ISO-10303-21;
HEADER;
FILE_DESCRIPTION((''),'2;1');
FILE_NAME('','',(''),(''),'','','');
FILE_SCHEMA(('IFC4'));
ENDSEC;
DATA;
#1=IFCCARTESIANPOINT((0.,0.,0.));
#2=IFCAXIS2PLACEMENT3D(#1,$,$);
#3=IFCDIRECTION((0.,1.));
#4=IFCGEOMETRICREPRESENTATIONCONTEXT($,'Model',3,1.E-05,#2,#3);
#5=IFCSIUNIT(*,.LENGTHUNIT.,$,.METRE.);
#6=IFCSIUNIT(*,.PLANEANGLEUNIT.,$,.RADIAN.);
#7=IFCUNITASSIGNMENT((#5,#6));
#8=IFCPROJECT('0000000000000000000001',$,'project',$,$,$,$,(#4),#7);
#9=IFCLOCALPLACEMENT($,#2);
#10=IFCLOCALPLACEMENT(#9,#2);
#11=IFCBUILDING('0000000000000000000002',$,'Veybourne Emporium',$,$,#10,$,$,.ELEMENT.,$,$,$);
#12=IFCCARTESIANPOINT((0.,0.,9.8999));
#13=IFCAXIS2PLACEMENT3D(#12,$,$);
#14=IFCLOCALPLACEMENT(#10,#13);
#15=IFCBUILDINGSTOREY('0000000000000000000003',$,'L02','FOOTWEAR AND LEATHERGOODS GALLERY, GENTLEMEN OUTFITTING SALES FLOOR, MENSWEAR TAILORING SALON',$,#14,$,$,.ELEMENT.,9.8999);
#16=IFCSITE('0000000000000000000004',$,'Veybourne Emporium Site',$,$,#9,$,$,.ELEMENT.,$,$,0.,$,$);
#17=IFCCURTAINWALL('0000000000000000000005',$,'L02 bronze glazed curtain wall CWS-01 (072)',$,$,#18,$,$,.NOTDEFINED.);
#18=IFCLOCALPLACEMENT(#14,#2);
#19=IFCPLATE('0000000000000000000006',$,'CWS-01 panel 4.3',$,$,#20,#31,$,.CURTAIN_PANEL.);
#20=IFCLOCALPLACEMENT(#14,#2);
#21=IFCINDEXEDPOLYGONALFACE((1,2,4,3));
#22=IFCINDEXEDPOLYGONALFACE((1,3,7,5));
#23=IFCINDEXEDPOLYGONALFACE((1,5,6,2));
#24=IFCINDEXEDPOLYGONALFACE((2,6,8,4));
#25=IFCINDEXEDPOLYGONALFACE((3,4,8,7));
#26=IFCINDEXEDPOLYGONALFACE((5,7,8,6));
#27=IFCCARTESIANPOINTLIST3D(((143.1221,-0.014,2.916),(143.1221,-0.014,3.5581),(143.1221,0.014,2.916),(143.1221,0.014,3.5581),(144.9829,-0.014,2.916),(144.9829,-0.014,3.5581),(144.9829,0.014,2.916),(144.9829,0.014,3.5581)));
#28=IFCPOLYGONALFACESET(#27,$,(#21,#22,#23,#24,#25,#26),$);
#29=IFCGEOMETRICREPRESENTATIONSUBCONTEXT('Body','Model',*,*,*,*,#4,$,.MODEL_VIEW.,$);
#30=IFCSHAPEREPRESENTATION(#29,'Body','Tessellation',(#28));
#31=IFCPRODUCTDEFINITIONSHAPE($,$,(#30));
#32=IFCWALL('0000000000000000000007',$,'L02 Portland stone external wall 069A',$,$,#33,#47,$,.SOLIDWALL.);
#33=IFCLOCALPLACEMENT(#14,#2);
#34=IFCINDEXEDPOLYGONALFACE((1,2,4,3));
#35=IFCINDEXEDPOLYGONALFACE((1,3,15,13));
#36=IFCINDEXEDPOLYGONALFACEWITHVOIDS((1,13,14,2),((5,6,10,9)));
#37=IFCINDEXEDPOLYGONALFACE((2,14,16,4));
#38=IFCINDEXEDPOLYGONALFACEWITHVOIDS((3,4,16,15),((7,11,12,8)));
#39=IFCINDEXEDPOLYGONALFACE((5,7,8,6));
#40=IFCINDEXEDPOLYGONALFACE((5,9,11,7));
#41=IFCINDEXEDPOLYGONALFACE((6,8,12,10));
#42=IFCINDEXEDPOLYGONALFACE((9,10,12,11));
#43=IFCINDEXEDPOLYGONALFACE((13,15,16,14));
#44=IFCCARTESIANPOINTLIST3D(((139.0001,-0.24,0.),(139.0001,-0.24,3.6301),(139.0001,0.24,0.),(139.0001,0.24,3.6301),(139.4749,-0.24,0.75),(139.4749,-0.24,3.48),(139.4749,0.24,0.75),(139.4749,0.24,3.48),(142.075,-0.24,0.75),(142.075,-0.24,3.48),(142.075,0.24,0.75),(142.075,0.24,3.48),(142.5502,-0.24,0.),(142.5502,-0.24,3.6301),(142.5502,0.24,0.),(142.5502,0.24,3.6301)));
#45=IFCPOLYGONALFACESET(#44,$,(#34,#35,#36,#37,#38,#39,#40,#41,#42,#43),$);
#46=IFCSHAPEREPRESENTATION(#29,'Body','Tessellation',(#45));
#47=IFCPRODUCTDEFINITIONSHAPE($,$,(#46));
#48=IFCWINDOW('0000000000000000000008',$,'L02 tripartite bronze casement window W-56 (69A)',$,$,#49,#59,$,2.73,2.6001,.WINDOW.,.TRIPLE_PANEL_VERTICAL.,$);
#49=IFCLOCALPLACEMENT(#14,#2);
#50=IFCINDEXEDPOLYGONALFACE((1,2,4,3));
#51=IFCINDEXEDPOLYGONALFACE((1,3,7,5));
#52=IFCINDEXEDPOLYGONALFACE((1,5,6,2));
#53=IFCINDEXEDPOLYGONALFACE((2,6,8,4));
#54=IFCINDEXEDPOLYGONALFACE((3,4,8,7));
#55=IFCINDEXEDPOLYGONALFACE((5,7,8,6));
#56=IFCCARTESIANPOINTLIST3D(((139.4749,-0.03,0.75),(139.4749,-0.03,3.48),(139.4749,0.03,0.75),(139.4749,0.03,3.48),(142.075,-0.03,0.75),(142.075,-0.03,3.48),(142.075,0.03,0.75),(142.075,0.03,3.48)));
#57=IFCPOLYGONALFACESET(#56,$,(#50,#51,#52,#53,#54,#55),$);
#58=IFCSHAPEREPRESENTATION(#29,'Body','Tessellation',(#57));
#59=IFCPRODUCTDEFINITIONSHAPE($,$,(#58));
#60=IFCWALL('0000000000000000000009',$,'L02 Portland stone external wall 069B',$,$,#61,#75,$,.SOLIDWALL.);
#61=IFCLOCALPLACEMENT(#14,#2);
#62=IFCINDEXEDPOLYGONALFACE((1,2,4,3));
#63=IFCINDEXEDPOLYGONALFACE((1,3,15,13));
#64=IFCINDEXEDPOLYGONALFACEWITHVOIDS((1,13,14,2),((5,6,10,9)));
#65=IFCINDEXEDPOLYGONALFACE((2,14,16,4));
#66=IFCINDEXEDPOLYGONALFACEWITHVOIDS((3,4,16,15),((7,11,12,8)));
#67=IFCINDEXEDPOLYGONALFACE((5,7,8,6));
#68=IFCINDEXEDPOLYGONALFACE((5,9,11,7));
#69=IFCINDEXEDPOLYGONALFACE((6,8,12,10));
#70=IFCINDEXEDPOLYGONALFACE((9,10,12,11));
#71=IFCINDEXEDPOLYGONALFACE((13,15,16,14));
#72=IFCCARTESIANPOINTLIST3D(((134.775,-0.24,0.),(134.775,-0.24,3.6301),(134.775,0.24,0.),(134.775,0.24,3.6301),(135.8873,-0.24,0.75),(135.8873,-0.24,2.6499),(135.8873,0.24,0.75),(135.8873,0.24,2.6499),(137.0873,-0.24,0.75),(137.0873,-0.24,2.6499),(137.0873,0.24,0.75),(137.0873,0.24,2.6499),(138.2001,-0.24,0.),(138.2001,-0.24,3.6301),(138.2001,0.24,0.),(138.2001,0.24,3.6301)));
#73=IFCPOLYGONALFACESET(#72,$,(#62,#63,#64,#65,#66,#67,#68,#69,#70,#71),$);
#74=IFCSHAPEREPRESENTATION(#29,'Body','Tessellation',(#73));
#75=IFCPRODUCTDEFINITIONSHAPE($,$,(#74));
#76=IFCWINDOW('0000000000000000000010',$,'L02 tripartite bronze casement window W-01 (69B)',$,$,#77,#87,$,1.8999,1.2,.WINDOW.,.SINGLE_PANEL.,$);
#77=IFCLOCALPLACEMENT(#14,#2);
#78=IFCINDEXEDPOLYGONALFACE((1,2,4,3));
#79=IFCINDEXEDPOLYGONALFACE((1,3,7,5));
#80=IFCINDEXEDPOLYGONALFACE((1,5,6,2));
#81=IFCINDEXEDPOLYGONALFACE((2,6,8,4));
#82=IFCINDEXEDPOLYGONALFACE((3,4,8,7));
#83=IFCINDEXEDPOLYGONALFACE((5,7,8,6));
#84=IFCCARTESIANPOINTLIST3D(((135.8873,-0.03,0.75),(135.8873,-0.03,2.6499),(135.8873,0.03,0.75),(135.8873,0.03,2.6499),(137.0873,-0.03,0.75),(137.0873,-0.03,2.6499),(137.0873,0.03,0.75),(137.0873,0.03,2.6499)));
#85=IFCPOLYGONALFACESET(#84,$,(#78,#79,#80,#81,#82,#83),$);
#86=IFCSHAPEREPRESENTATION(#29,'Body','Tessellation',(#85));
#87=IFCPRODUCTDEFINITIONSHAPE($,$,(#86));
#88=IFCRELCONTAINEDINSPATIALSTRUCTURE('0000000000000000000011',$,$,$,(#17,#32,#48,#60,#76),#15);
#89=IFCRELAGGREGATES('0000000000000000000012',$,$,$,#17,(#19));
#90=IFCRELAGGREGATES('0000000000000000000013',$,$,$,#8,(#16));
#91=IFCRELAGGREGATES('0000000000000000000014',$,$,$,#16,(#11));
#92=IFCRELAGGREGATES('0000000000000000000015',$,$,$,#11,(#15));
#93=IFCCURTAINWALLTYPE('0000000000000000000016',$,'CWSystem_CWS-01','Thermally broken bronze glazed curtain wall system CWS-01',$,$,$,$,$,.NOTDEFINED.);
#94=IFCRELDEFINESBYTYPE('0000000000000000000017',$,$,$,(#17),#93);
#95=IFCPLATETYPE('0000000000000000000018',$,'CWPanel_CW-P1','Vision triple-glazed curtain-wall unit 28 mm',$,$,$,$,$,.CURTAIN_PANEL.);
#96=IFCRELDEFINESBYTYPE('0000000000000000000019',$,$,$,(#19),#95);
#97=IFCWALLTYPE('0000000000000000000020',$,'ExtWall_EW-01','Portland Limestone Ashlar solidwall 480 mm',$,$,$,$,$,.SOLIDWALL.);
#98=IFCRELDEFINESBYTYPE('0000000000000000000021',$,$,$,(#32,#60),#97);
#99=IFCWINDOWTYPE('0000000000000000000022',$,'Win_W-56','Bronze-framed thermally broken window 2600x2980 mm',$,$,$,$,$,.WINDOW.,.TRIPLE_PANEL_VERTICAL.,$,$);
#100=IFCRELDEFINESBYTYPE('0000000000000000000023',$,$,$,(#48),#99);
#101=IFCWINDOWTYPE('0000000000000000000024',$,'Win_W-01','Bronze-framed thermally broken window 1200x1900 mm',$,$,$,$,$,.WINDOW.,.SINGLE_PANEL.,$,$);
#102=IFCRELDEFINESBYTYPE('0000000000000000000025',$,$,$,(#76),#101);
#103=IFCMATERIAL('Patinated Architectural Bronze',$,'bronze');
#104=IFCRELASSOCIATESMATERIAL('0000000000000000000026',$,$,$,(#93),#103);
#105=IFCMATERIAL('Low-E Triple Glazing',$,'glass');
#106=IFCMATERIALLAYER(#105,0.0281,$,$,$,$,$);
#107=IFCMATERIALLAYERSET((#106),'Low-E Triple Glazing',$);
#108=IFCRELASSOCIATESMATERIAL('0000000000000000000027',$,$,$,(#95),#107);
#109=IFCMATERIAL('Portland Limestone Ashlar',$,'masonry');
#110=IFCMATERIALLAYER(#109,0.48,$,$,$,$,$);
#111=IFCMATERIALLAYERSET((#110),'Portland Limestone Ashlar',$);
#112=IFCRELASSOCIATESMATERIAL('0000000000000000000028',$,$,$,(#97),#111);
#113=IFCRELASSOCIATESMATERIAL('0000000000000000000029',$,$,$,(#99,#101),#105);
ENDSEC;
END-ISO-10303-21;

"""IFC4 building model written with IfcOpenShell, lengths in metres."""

from ifc_helpers import new_model, si_unit, direction, frame, frame_2d, origin, origin_2d, place, context, subcontext, project, spatial, rectangle, extrude, material, layer, layer_set, type_object, element, fill, aggregate, save


model = new_model("IFC4")

# Units and contexts
model_context = context("Model", 3, precision=1e-05, world=origin(), true_north=direction((0.0, 1.0)))
body_context = subcontext(model_context, "Body", "Model", "MODEL_VIEW")
ifc_project = project(units=[si_unit("LENGTHUNIT", "METRE"), si_unit("PLANEANGLEUNIT", "RADIAN")], contexts=[model_context])

# Site, building, storey
site_placement = place(None, origin())
site = spatial("IfcSite", under=ifc_project, at=site_placement, Name="Veybourne Emporium Site", CompositionType="ELEMENT", RefElevation=0.0)
building_placement = place(site_placement, origin())
building = spatial("IfcBuilding", under=site, at=building_placement, Name="Veybourne Emporium", CompositionType="ELEMENT")
storey_placement = place(building_placement, frame((0.0, 0.0, 9.8999)))
storey = spatial("IfcBuildingStorey", under=building, at=storey_placement, Name="L02", Description="FOOTWEAR AND LEATHERGOODS GALLERY, GENTLEMEN OUTFITTING SALES FLOOR, MENSWEAR TAILORING SALON", CompositionType="ELEMENT", Elevation=9.8999)

# Curtain wall
ifc_material_1 = material(Name="Patinated Architectural Bronze", Category="bronze")
curtain_wall_type_1 = type_object("IfcCurtainWallType", Name="CWSystem_CWS-01", Description="Thermally broken bronze glazed curtain wall system CWS-01", PredefinedType="NOTDEFINED", material=ifc_material_1)
curtain_wall_1_placement = place(storey_placement, origin())
curtain_wall_1 = element("IfcCurtainWall", 1, at=curtain_wall_1_placement, inside=storey, type_object=curtain_wall_type_1, Name="L02 bronze glazed curtain wall CWS-01 (072)", PredefinedType="NOTDEFINED")

# Plate
ifc_material_2 = material(Name="Low-E Triple Glazing", Category="glass")
ifc_layer_1 = layer(ifc_material_2, 0.0281)
ifc_layer_set_1 = layer_set([ifc_layer_1], Name="Low-E Triple Glazing")
plate_type = type_object("IfcPlateType", Name="CWPanel_CW-P1", Description="Vision triple-glazed curtain-wall unit 28 mm", PredefinedType="CURTAIN_PANEL", material=ifc_layer_set_1)
plate_1_placement = place(storey_placement, frame((144.0525, 0.0, 2.916), z_axis=(0.0, 0.0, 1.0), x_axis=(-1.0, 0.0, 0.0)))
plate_1 = element("IfcPlate", 2, at=plate_1_placement, type_object=plate_type, Name="CWS-01 panel 4.3", PredefinedType="CURTAIN_PANEL", context=body_context, shape_type="SweptSolid", body=[
    extrude(rectangle(XDim=1.8608, YDim=0.0281, at=origin_2d()), origin(), (0.0, 0.0, 1.0), 0.6421),
])
aggregate(curtain_wall_1, [plate_1])

# Walls, openings, windows
ifc_material_3 = material(Name="Portland Limestone Ashlar", Category="masonry")
ifc_layer_2 = layer(ifc_material_3, 0.48)
ifc_layer_set_2 = layer_set([ifc_layer_2], Name="Portland Limestone Ashlar")
wall_type = type_object("IfcWallType", Name="ExtWall_EW-01", Description="Portland Limestone Ashlar solidwall 480 mm", PredefinedType="SOLIDWALL", material=ifc_layer_set_2)
wall_1_placement = place(storey_placement, frame((142.55, 0.0, 0.0), z_axis=(0.0, 0.0, 1.0), x_axis=(-1.0, 0.0, 0.0)))
wall_1 = element("IfcWall", 3, at=wall_1_placement, inside=storey, type_object=wall_type, Name="L02 Portland stone external wall 069A", PredefinedType="SOLIDWALL", context=body_context, shape_type="SweptSolid", body=[
    extrude(rectangle(XDim=3.55, YDim=0.48, at=frame_2d((1.7749, 0.0))), origin(), (0.0, 0.0, 1.0), 3.6301),
])
opening_1_placement = place(wall_1_placement, frame((0.4751, 0.0, 0.75)))
opening_1 = element("IfcOpeningElement", 4, at=opening_1_placement, cuts=wall_1, PredefinedType="OPENING", context=body_context, shape_type="SweptSolid", body=[
    extrude(rectangle(XDim=2.6001, YDim=2.73, at=frame_2d((1.3, 1.365))), frame((0.0, 0.26, 0.0), z_axis=(0.0, -1.0, 0.0), x_axis=(1.0, 0.0, 0.0)), (0.0, 0.0, 1.0), 0.52),
])
window_type_1 = type_object("IfcWindowType", Name="Win_W-56", Description="Bronze-framed thermally broken window 2600x2980 mm", PartitioningType="TRIPLE_PANEL_VERTICAL", PredefinedType="WINDOW", material=ifc_material_2)
window_1_placement = place(opening_1_placement, origin())
window_1 = element("IfcWindow", 5, at=window_1_placement, inside=storey, type_object=window_type_1, Name="L02 tripartite bronze casement window W-56 (69A)", OverallHeight=2.73, OverallWidth=2.6001, PartitioningType="TRIPLE_PANEL_VERTICAL", PredefinedType="WINDOW", context=body_context, shape_type="SweptSolid", body=[
    extrude(rectangle(XDim=2.6001, YDim=2.73, at=frame_2d((1.3, 1.365))), frame((0.0, 0.03, 0.0), z_axis=(0.0, -1.0, 0.0), x_axis=(1.0, 0.0, 0.0)), (0.0, 0.0, 1.0), 0.0601),
])
fill(opening_1, window_1)
wall_2_placement = place(storey_placement, frame((138.2, 0.0, 0.0), z_axis=(0.0, 0.0, 1.0), x_axis=(-1.0, 0.0, 0.0)))
wall_2 = element("IfcWall", 6, at=wall_2_placement, inside=storey, type_object=wall_type, Name="L02 Portland stone external wall 069B", PredefinedType="SOLIDWALL", context=body_context, shape_type="SweptSolid", body=[
    extrude(rectangle(XDim=3.425, YDim=0.48, at=frame_2d((1.7124, 0.0))), origin(), (0.0, 0.0, 1.0), 3.6301),
])
opening_2_placement = place(wall_2_placement, frame((1.1125, 0.0, 0.75)))
opening_2 = element("IfcOpeningElement", 7, at=opening_2_placement, cuts=wall_2, PredefinedType="OPENING", context=body_context, shape_type="SweptSolid", body=[
    extrude(rectangle(XDim=1.2, YDim=1.8999, at=frame_2d((0.6001, 0.95))), frame((0.0, 0.26, 0.0), z_axis=(0.0, -1.0, 0.0), x_axis=(1.0, 0.0, 0.0)), (0.0, 0.0, 1.0), 0.52),
])
window_type_2 = type_object("IfcWindowType", Name="Win_W-01", Description="Bronze-framed thermally broken window 1200x1900 mm", PartitioningType="SINGLE_PANEL", PredefinedType="WINDOW", material=ifc_material_2)
window_2_placement = place(opening_2_placement, origin())
window_2 = element("IfcWindow", 8, at=window_2_placement, inside=storey, type_object=window_type_2, Name="L02 tripartite bronze casement window W-01 (69B)", OverallHeight=1.8999, OverallWidth=1.2, PartitioningType="SINGLE_PANEL", PredefinedType="WINDOW", context=body_context, shape_type="SweptSolid", body=[
    extrude(rectangle(XDim=1.2, YDim=1.8999, at=frame_2d((0.6001, 0.95))), frame((0.0, 0.03, 0.0), z_axis=(0.0, -1.0, 0.0), x_axis=(1.0, 0.0, 0.0)), (0.0, 0.0, 1.0), 0.0601),
])
fill(opening_2, window_2)

save(model, "model.ifc")
